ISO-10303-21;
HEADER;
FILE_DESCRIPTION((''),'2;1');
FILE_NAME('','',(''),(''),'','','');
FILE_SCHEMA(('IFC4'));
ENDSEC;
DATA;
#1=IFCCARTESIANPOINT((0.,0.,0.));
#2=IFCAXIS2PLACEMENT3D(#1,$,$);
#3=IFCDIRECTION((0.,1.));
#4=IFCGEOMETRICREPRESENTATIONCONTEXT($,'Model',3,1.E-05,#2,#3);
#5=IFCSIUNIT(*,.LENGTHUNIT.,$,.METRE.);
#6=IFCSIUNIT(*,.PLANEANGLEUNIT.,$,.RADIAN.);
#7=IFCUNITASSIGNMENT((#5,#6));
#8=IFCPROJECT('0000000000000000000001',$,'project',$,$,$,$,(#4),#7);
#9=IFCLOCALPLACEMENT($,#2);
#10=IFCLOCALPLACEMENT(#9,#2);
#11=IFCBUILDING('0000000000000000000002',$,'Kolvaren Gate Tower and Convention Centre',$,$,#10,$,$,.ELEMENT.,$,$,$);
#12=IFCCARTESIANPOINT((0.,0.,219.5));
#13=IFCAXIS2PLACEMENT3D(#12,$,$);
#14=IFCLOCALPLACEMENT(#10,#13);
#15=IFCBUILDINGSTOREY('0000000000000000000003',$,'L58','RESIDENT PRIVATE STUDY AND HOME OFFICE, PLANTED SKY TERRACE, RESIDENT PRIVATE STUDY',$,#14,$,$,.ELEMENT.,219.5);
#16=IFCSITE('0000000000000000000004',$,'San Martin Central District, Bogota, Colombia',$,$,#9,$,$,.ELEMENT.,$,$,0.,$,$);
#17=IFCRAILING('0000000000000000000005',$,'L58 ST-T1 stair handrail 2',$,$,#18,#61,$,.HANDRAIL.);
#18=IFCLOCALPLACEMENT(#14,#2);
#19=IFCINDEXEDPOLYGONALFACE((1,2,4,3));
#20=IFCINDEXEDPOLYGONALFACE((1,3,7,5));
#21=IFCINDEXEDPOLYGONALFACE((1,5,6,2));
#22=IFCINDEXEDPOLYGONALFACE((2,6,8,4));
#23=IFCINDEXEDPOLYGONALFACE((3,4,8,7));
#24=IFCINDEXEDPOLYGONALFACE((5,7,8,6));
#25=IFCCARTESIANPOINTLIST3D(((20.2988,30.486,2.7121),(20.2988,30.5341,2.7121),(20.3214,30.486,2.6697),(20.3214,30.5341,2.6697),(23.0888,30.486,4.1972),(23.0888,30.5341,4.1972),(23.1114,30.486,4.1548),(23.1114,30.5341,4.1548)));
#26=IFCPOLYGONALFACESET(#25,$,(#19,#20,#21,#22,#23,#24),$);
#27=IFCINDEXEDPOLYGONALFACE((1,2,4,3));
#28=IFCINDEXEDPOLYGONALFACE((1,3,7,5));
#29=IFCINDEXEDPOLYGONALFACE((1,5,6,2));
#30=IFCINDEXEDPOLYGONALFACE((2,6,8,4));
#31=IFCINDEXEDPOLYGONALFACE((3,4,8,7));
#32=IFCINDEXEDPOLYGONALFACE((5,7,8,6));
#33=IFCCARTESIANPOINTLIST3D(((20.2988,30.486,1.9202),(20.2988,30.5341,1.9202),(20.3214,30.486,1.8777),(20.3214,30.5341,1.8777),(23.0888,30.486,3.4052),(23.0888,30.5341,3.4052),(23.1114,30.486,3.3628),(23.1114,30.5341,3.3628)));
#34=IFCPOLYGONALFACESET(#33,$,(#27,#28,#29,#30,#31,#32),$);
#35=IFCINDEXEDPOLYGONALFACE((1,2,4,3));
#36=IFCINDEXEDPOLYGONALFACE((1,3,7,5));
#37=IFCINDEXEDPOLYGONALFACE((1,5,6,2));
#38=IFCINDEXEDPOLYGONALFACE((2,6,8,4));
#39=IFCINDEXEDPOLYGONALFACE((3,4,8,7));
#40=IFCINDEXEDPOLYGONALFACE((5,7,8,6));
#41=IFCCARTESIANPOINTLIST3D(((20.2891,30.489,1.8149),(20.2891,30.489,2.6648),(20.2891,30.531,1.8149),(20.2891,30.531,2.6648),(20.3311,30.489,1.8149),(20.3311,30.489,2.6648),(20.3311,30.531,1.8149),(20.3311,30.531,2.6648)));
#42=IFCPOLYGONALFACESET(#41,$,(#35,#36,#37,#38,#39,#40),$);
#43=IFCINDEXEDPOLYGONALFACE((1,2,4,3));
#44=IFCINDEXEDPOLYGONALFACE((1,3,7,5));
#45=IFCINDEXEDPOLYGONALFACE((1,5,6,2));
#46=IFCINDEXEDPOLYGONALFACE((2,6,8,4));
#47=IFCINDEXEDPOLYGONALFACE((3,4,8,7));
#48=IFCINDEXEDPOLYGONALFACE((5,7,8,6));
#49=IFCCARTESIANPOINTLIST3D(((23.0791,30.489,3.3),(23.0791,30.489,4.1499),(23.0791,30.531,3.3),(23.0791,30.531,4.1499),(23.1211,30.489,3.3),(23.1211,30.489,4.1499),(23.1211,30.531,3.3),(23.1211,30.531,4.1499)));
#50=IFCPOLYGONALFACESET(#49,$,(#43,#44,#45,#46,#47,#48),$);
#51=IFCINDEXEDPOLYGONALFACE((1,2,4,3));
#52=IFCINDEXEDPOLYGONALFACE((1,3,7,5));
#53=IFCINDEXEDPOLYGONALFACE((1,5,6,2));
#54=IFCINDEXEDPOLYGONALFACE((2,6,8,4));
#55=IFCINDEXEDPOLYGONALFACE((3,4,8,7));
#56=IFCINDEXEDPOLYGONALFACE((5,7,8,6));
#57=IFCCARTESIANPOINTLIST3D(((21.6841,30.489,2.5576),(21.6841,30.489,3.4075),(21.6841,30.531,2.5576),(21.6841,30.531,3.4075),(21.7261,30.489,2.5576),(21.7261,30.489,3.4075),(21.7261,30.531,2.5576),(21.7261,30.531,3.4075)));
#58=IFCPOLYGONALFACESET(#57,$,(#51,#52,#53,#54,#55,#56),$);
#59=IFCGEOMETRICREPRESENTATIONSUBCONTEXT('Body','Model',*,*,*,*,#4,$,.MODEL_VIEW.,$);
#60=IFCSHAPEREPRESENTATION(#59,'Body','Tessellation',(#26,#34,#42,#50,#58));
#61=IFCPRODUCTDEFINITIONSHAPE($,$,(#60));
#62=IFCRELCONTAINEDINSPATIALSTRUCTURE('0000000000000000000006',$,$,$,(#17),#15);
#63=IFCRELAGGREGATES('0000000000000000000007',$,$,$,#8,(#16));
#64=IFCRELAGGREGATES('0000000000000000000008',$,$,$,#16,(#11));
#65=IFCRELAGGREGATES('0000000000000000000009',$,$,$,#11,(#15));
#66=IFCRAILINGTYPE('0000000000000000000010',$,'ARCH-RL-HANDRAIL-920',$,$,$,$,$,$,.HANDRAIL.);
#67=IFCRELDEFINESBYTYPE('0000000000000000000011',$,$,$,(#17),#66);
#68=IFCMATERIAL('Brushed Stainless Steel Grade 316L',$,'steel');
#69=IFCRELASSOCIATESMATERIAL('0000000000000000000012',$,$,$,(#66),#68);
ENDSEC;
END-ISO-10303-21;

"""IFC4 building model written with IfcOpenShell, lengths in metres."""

from ifc_helpers import new_model, si_unit, direction, frame, origin, origin_2d, place, context, subcontext, project, spatial, rectangle, extrude, material, type_object, element, save


model = new_model("IFC4")

# Units and contexts
model_context = context("Model", 3, precision=1e-05, world=origin(), true_north=direction((0.0, 1.0)))
body_context = subcontext(model_context, "Body", "Model", "MODEL_VIEW")
ifc_project = project(units=[si_unit("LENGTHUNIT", "METRE"), si_unit("PLANEANGLEUNIT", "RADIAN")], contexts=[model_context])

# Site, building, storey
site_placement = place(None, origin())
site = spatial("IfcSite", under=ifc_project, at=site_placement, Name="San Martin Central District, Bogota, Colombia", CompositionType="ELEMENT", RefElevation=0.0)
building_placement = place(site_placement, origin())
building = spatial("IfcBuilding", under=site, at=building_placement, Name="Kolvaren Gate Tower and Convention Centre", CompositionType="ELEMENT")
storey_placement = place(building_placement, frame((0.0, 0.0, 219.5)))
storey = spatial("IfcBuildingStorey", under=building, at=storey_placement, Name="L58", Description="RESIDENT PRIVATE STUDY AND HOME OFFICE, PLANTED SKY TERRACE, RESIDENT PRIVATE STUDY", CompositionType="ELEMENT", Elevation=219.5)

# Railing
ifc_material_1 = material(Name="Brushed Stainless Steel Grade 316L", Category="steel")
railing_type_1 = type_object("IfcRailingType", Name="ARCH-RL-HANDRAIL-920", PredefinedType="HANDRAIL", material=ifc_material_1)
railing_1_placement = place(storey_placement, frame((20.3101, 30.51, 1.8149)))
element("IfcRailing", 1, at=railing_1_placement, inside=storey, type_object=railing_type_1, Name="L58 ST-T1 stair handrail 2", PredefinedType="HANDRAIL", context=body_context, shape_type="SweptSolid", body=[
    extrude(rectangle(XDim=0.0481, YDim=0.0481, at=origin_2d()), frame((0.0, 0.0, 0.876), z_axis=(0.882735, 0.0, 0.46987), x_axis=(0.0, 1.0, 0.0)), (0.0, 0.0, 1.0), 3.1606),
    extrude(rectangle(XDim=0.0481, YDim=0.0481, at=origin_2d()), frame((0.0, 0.0, 0.084), z_axis=(0.882735, 0.0, 0.46987), x_axis=(0.0, 1.0, 0.0)), (0.0, 0.0, 1.0), 3.1606),
    extrude(rectangle(XDim=0.042, YDim=0.042, at=origin_2d()), origin(), (0.0, 0.0, 1.0), 0.8499),
    extrude(rectangle(XDim=0.042, YDim=0.042, at=origin_2d()), frame((2.79, 0.0, 1.4851)), (0.0, 0.0, 1.0), 0.8499),
    extrude(rectangle(XDim=0.042, YDim=0.042, at=origin_2d()), frame((1.395, 0.0, 0.7427)), (0.0, 0.0, 1.0), 0.8499),
])

save(model, "model.ifc")
